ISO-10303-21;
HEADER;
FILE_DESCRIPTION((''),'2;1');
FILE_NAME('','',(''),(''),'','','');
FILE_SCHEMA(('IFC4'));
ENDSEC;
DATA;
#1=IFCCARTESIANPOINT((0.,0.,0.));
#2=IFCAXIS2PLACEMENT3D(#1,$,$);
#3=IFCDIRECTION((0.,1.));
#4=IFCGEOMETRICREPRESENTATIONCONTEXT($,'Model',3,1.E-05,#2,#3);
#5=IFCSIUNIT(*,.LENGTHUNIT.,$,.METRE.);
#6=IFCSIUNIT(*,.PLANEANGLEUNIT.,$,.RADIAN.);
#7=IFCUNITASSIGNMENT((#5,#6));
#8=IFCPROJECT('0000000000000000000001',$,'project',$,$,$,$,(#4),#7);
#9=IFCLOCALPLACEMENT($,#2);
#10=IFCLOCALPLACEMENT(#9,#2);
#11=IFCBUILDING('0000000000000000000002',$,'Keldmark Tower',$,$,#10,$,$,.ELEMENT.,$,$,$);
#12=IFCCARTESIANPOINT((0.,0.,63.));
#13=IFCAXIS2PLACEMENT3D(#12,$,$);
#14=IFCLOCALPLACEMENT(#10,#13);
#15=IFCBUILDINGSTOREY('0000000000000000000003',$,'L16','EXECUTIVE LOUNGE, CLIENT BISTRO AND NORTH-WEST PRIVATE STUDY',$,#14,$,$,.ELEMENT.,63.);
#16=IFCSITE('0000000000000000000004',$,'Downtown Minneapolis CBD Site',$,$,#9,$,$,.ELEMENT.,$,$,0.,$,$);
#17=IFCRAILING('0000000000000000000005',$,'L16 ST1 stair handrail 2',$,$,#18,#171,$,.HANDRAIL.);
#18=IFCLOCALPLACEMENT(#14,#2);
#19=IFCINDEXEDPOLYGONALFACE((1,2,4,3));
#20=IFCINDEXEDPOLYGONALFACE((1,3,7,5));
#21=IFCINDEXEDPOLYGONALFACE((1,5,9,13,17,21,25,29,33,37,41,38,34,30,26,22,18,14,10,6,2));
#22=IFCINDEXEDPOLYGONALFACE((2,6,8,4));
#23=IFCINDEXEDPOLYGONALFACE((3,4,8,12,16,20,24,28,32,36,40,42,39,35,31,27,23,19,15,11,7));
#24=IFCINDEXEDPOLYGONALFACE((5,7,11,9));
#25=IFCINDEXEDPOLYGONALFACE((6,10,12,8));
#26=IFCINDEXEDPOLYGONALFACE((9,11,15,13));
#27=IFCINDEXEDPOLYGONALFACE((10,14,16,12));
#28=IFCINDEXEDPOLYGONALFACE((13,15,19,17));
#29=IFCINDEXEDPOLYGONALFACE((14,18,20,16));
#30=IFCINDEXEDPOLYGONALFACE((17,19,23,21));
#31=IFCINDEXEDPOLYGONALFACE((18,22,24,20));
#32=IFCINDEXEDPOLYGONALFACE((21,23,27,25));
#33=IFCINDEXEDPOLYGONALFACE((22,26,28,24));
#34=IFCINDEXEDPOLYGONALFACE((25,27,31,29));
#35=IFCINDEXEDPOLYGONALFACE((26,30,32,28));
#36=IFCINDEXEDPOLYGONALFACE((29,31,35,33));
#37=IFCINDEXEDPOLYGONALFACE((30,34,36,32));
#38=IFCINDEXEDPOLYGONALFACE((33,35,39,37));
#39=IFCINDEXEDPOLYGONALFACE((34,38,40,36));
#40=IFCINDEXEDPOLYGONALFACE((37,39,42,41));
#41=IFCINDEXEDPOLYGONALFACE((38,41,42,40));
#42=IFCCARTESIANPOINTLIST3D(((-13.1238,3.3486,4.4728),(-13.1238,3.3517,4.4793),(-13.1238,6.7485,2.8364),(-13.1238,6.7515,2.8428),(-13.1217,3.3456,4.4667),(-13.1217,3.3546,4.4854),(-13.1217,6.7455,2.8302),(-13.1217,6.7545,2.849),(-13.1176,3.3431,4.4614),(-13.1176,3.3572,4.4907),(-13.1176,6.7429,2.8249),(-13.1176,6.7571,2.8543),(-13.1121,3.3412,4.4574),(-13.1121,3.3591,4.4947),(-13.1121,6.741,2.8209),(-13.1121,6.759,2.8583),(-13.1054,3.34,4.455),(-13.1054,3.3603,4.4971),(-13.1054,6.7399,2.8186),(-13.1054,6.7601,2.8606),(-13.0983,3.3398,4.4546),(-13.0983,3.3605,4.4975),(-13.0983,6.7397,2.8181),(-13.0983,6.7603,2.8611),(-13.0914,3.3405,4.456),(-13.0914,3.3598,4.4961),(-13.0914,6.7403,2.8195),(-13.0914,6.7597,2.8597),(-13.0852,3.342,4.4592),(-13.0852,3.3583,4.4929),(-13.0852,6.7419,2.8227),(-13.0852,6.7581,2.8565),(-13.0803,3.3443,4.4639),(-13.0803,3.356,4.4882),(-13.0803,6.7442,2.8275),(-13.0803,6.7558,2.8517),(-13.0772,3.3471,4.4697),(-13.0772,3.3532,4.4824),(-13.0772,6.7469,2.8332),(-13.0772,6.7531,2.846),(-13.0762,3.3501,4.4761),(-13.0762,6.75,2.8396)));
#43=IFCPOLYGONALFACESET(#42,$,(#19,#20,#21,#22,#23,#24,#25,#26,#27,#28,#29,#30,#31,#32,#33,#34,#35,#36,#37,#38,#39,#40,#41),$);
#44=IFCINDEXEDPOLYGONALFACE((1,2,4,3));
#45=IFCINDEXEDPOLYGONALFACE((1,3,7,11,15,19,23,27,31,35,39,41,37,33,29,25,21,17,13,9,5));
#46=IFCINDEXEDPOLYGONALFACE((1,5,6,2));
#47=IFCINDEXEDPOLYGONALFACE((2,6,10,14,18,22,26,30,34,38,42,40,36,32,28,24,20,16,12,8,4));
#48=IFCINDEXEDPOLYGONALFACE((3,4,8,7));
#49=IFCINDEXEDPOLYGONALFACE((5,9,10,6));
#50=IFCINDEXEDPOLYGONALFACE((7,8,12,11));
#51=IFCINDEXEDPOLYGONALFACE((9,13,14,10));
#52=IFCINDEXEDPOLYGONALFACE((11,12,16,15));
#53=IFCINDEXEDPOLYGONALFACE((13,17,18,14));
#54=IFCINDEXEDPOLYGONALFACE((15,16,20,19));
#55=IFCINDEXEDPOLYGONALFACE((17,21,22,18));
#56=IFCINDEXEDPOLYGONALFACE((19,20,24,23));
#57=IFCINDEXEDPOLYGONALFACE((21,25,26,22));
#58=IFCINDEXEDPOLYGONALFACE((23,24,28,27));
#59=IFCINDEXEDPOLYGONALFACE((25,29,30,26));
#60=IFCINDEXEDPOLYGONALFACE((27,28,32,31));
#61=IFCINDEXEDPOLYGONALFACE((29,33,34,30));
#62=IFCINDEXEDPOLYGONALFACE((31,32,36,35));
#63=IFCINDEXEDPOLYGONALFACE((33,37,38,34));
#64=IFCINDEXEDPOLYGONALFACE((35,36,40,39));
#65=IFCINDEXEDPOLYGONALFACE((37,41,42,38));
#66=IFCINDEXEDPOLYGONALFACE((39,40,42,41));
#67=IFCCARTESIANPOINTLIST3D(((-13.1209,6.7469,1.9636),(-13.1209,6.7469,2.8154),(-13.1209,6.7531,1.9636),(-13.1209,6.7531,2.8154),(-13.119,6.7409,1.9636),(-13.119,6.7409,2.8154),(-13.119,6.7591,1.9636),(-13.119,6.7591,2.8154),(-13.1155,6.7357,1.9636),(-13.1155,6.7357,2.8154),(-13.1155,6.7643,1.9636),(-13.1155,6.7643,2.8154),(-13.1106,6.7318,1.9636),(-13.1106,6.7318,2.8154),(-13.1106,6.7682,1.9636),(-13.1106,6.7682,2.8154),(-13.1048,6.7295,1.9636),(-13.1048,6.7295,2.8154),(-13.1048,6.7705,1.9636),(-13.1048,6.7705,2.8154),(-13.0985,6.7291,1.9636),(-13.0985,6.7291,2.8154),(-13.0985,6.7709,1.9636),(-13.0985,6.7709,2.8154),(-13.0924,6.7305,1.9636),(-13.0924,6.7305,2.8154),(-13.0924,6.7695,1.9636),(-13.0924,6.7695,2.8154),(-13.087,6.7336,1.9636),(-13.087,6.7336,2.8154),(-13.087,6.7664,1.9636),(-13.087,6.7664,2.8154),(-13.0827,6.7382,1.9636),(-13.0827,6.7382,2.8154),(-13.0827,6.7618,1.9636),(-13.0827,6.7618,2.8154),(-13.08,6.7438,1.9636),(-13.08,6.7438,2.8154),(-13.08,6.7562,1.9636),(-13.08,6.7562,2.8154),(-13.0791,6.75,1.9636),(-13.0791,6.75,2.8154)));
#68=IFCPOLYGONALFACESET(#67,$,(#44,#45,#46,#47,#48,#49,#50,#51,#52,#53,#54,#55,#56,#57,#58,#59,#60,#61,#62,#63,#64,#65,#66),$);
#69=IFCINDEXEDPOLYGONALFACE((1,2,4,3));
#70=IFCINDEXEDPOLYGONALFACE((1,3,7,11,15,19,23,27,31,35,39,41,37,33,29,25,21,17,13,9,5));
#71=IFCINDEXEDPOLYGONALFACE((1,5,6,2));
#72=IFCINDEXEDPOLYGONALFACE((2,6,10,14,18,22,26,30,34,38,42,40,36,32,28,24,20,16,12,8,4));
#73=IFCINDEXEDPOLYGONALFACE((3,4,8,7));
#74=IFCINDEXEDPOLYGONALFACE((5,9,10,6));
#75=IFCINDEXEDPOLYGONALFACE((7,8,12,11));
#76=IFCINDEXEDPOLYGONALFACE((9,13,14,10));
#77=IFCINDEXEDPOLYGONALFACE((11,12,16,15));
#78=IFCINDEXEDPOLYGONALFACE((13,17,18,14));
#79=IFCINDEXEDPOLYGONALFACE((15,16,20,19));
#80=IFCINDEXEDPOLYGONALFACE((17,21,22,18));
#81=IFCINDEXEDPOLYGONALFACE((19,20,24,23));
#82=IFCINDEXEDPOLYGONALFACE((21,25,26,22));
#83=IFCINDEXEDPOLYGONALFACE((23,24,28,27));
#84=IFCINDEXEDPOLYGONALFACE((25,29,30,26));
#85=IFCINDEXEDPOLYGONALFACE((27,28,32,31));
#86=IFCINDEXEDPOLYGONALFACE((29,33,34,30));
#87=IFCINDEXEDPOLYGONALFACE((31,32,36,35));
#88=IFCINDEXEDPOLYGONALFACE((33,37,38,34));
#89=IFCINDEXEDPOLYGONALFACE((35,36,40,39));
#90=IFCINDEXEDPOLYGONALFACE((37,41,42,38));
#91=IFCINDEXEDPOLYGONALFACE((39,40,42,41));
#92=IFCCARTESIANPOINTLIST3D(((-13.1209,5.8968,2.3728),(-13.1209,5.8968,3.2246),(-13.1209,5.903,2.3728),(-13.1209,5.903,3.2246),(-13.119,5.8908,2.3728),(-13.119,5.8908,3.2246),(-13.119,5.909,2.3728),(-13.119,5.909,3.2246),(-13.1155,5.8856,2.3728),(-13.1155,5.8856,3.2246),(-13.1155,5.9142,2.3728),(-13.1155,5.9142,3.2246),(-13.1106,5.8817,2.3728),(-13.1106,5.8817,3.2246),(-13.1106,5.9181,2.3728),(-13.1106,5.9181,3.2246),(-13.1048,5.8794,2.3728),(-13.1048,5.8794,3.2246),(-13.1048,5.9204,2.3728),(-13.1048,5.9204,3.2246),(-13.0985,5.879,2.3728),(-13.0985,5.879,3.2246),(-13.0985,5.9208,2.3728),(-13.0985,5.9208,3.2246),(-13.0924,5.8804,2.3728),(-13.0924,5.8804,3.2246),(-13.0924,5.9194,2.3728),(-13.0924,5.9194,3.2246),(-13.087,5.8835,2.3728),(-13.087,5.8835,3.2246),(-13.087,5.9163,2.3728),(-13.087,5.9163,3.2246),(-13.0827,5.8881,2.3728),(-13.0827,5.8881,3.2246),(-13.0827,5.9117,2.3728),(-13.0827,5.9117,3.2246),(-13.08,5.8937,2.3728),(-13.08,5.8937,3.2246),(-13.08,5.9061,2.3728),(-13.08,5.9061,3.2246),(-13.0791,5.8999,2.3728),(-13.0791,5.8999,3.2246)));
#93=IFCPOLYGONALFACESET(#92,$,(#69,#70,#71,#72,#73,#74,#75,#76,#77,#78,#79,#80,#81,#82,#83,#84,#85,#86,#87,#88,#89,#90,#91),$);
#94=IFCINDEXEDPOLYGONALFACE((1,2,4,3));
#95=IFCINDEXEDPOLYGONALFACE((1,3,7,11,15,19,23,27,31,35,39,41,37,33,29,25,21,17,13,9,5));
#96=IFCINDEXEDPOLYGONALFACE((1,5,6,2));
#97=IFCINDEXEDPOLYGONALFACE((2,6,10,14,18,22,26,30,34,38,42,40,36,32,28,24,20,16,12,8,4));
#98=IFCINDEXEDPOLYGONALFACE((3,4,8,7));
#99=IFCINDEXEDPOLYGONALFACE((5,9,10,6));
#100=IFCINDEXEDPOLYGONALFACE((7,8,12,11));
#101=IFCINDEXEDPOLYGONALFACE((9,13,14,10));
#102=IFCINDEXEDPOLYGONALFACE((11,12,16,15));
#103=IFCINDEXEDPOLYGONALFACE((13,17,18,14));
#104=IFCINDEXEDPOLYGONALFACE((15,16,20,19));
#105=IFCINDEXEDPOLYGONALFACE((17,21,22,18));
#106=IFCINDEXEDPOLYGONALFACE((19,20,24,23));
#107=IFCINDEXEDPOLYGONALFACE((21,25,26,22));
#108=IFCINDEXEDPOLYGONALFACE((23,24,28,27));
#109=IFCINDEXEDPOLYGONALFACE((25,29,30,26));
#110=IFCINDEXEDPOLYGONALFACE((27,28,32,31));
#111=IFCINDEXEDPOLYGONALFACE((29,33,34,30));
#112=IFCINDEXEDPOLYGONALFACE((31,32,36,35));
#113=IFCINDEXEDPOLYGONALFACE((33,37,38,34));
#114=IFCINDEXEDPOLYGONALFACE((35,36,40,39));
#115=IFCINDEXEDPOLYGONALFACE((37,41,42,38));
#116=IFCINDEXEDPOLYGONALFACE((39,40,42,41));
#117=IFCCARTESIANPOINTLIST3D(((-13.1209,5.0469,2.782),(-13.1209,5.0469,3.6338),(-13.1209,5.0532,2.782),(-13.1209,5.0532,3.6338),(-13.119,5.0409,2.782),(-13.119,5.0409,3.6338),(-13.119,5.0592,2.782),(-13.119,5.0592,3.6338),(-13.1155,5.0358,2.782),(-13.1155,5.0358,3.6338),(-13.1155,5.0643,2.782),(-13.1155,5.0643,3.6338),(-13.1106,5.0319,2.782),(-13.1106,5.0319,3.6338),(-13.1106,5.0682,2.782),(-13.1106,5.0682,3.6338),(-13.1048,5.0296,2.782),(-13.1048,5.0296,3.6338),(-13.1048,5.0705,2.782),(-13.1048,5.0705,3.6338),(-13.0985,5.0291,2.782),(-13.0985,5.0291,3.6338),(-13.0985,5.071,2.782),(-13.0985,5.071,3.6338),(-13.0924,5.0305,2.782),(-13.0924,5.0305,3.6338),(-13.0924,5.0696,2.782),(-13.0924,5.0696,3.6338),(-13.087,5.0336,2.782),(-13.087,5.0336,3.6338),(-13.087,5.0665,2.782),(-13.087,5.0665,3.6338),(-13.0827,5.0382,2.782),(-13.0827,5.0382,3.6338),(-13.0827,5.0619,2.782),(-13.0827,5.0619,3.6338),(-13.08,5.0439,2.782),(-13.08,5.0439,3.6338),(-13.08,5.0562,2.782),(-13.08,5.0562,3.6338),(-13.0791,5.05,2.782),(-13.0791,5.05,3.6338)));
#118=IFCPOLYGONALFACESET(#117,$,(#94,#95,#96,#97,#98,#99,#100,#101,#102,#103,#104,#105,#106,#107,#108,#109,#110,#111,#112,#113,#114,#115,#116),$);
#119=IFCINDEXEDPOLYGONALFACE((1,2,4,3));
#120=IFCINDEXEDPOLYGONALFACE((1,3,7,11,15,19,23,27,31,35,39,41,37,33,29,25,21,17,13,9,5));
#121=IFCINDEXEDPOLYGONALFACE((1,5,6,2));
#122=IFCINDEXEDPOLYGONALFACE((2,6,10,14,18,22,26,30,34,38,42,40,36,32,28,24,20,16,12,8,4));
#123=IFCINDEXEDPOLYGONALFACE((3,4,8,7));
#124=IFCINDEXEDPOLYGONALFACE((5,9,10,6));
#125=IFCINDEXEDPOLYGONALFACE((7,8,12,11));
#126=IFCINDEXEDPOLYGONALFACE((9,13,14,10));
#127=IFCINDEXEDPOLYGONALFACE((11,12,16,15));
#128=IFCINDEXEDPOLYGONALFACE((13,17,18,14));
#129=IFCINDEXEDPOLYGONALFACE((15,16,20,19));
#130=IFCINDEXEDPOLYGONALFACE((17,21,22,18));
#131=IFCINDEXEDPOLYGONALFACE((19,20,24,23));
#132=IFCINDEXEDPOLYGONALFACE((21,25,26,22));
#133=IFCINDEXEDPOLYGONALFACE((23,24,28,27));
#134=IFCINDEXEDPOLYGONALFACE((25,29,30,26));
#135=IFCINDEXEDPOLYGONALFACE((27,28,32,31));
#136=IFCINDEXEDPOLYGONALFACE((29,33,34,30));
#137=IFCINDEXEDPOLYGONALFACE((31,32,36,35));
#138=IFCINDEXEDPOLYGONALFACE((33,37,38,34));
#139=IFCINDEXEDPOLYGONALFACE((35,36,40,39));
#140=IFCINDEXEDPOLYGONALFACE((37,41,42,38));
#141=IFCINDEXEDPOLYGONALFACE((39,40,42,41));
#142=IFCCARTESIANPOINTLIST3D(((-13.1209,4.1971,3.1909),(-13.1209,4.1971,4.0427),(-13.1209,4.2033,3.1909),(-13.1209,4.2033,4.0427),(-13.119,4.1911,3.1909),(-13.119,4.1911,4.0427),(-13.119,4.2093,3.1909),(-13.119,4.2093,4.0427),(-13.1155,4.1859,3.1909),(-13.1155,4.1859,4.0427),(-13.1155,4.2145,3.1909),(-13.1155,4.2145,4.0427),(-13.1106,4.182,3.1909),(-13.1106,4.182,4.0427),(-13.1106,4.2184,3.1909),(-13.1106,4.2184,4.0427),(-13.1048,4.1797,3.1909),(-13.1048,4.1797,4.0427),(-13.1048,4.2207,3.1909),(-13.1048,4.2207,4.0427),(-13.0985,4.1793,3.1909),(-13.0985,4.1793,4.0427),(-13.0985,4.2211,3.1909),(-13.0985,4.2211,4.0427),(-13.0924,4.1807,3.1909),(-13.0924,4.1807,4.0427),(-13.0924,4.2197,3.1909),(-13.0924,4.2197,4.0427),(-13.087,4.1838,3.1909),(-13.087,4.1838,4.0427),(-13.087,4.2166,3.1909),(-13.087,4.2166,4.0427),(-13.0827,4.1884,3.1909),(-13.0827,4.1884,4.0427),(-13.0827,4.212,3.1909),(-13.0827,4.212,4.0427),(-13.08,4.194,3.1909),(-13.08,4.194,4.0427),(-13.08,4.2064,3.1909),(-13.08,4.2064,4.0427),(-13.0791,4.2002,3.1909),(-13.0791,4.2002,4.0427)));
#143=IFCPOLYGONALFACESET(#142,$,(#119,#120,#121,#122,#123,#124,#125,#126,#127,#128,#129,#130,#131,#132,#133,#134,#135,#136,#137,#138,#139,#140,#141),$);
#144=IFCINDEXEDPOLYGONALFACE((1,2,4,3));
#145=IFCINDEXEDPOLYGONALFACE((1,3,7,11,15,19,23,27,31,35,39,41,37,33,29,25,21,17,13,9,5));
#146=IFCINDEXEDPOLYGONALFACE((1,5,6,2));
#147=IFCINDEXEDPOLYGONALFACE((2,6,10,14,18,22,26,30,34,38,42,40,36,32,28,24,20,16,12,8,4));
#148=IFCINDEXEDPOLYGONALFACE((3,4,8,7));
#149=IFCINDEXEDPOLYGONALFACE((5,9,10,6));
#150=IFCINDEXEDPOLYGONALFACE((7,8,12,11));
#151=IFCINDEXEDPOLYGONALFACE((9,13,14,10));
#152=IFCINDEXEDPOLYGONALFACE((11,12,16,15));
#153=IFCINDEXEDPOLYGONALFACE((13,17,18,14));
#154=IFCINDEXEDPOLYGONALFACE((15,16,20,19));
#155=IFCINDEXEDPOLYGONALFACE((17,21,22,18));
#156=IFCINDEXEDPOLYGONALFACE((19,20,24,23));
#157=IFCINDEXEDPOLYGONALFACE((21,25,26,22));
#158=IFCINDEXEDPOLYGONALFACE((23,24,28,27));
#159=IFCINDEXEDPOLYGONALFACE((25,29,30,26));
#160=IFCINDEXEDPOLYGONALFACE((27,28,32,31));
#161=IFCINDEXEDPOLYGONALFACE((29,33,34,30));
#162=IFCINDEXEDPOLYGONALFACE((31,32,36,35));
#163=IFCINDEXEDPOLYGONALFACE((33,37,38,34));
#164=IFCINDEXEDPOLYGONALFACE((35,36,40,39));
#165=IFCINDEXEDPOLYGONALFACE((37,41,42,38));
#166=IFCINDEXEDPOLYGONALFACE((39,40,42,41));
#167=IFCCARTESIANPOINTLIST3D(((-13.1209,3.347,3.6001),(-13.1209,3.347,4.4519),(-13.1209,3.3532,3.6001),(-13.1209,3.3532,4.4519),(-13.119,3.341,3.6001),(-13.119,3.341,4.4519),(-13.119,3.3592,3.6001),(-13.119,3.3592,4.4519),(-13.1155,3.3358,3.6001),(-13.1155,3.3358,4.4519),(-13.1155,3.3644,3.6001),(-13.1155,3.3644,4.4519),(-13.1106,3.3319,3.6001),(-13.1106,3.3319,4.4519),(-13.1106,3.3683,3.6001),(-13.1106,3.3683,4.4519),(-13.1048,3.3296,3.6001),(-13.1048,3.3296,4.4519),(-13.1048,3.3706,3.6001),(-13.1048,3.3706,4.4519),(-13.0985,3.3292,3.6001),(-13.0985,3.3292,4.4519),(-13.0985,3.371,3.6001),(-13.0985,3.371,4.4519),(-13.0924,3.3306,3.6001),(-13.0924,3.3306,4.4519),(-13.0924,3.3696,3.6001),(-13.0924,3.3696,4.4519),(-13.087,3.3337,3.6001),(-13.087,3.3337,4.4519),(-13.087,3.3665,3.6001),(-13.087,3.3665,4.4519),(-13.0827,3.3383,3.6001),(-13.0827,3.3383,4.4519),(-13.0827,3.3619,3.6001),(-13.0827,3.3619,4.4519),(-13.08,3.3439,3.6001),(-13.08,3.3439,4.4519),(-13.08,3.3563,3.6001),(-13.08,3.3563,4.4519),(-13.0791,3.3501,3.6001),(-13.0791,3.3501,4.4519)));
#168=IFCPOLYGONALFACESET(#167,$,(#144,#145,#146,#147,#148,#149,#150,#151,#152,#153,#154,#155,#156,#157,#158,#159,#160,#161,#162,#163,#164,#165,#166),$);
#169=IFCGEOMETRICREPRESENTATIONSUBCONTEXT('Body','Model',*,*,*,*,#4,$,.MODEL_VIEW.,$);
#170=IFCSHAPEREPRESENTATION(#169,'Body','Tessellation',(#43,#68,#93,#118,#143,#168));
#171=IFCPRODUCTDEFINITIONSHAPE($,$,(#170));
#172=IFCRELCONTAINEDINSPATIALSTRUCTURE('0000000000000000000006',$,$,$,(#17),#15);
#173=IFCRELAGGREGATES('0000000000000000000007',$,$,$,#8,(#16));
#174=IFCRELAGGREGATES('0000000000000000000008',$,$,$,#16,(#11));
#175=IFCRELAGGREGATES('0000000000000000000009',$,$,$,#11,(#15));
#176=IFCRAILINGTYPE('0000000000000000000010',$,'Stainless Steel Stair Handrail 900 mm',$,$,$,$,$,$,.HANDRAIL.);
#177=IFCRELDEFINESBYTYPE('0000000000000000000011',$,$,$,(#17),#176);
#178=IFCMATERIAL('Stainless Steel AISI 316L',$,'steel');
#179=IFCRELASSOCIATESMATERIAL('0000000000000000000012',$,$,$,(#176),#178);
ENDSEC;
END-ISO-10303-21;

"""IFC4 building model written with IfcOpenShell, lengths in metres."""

from ifc_helpers import new_model, si_unit, direction, frame, origin, origin_2d, place, context, subcontext, project, spatial, circle, extrude, material, type_object, element, save


model = new_model("IFC4")

# Units and contexts
model_context = context("Model", 3, precision=1e-05, world=origin(), true_north=direction((0.0, 1.0)))
body_context = subcontext(model_context, "Body", "Model", "MODEL_VIEW")
ifc_project = project(units=[si_unit("LENGTHUNIT", "METRE"), si_unit("PLANEANGLEUNIT", "RADIAN")], contexts=[model_context])

# Site, building, storey
site_placement = place(None, origin())
site = spatial("IfcSite", under=ifc_project, at=site_placement, Name="Downtown Minneapolis CBD Site", CompositionType="ELEMENT", RefElevation=0.0)
building_placement = place(site_placement, origin())
building = spatial("IfcBuilding", under=site, at=building_placement, Name="Keldmark Tower", CompositionType="ELEMENT")
storey_placement = place(building_placement, frame((0.0, 0.0, 63.0)))
storey = spatial("IfcBuildingStorey", under=building, at=storey_placement, Name="L16", Description="EXECUTIVE LOUNGE, CLIENT BISTRO AND NORTH-WEST PRIVATE STUDY", CompositionType="ELEMENT", Elevation=63.0)

# Railing
ifc_material_1 = material(Name="Stainless Steel AISI 316L", Category="steel")
railing_type_1 = type_object("IfcRailingType", Name="Stainless Steel Stair Handrail 900 mm", PredefinedType="HANDRAIL", material=ifc_material_1)
railing_1_placement = place(storey_placement, frame((-13.1001, 6.75, 1.9636)))
element("IfcRailing", 1, at=railing_1_placement, inside=storey, type_object=railing_type_1, Name="L16 ST1 stair handrail 2", PredefinedType="HANDRAIL", context=body_context, shape_type="SweptSolid", body=[
    extrude(circle(Radius=0.0239, at=origin_2d()), frame((0.0, 0.0, 0.876), z_axis=(0.0, -0.901055, 0.433705), x_axis=(1.0, 0.0, 0.0)), (0.0, 0.0, 1.0), 3.7732),
    extrude(circle(Radius=0.021, at=origin_2d()), origin(), (0.0, 0.0, 1.0), 0.8518),
    extrude(circle(Radius=0.021, at=origin_2d()), frame((0.0, -0.8501, 0.4092)), (0.0, 0.0, 1.0), 0.8518),
    extrude(circle(Radius=0.021, at=origin_2d()), frame((0.0, -1.7, 0.8184)), (0.0, 0.0, 1.0), 0.8518),
    extrude(circle(Radius=0.021, at=origin_2d()), frame((0.0, -2.5498, 1.2273)), (0.0, 0.0, 1.0), 0.8518),
    extrude(circle(Radius=0.021, at=origin_2d()), frame((0.0, -3.3999, 1.6365)), (0.0, 0.0, 1.0), 0.8518),
])

save(model, "model.ifc")
